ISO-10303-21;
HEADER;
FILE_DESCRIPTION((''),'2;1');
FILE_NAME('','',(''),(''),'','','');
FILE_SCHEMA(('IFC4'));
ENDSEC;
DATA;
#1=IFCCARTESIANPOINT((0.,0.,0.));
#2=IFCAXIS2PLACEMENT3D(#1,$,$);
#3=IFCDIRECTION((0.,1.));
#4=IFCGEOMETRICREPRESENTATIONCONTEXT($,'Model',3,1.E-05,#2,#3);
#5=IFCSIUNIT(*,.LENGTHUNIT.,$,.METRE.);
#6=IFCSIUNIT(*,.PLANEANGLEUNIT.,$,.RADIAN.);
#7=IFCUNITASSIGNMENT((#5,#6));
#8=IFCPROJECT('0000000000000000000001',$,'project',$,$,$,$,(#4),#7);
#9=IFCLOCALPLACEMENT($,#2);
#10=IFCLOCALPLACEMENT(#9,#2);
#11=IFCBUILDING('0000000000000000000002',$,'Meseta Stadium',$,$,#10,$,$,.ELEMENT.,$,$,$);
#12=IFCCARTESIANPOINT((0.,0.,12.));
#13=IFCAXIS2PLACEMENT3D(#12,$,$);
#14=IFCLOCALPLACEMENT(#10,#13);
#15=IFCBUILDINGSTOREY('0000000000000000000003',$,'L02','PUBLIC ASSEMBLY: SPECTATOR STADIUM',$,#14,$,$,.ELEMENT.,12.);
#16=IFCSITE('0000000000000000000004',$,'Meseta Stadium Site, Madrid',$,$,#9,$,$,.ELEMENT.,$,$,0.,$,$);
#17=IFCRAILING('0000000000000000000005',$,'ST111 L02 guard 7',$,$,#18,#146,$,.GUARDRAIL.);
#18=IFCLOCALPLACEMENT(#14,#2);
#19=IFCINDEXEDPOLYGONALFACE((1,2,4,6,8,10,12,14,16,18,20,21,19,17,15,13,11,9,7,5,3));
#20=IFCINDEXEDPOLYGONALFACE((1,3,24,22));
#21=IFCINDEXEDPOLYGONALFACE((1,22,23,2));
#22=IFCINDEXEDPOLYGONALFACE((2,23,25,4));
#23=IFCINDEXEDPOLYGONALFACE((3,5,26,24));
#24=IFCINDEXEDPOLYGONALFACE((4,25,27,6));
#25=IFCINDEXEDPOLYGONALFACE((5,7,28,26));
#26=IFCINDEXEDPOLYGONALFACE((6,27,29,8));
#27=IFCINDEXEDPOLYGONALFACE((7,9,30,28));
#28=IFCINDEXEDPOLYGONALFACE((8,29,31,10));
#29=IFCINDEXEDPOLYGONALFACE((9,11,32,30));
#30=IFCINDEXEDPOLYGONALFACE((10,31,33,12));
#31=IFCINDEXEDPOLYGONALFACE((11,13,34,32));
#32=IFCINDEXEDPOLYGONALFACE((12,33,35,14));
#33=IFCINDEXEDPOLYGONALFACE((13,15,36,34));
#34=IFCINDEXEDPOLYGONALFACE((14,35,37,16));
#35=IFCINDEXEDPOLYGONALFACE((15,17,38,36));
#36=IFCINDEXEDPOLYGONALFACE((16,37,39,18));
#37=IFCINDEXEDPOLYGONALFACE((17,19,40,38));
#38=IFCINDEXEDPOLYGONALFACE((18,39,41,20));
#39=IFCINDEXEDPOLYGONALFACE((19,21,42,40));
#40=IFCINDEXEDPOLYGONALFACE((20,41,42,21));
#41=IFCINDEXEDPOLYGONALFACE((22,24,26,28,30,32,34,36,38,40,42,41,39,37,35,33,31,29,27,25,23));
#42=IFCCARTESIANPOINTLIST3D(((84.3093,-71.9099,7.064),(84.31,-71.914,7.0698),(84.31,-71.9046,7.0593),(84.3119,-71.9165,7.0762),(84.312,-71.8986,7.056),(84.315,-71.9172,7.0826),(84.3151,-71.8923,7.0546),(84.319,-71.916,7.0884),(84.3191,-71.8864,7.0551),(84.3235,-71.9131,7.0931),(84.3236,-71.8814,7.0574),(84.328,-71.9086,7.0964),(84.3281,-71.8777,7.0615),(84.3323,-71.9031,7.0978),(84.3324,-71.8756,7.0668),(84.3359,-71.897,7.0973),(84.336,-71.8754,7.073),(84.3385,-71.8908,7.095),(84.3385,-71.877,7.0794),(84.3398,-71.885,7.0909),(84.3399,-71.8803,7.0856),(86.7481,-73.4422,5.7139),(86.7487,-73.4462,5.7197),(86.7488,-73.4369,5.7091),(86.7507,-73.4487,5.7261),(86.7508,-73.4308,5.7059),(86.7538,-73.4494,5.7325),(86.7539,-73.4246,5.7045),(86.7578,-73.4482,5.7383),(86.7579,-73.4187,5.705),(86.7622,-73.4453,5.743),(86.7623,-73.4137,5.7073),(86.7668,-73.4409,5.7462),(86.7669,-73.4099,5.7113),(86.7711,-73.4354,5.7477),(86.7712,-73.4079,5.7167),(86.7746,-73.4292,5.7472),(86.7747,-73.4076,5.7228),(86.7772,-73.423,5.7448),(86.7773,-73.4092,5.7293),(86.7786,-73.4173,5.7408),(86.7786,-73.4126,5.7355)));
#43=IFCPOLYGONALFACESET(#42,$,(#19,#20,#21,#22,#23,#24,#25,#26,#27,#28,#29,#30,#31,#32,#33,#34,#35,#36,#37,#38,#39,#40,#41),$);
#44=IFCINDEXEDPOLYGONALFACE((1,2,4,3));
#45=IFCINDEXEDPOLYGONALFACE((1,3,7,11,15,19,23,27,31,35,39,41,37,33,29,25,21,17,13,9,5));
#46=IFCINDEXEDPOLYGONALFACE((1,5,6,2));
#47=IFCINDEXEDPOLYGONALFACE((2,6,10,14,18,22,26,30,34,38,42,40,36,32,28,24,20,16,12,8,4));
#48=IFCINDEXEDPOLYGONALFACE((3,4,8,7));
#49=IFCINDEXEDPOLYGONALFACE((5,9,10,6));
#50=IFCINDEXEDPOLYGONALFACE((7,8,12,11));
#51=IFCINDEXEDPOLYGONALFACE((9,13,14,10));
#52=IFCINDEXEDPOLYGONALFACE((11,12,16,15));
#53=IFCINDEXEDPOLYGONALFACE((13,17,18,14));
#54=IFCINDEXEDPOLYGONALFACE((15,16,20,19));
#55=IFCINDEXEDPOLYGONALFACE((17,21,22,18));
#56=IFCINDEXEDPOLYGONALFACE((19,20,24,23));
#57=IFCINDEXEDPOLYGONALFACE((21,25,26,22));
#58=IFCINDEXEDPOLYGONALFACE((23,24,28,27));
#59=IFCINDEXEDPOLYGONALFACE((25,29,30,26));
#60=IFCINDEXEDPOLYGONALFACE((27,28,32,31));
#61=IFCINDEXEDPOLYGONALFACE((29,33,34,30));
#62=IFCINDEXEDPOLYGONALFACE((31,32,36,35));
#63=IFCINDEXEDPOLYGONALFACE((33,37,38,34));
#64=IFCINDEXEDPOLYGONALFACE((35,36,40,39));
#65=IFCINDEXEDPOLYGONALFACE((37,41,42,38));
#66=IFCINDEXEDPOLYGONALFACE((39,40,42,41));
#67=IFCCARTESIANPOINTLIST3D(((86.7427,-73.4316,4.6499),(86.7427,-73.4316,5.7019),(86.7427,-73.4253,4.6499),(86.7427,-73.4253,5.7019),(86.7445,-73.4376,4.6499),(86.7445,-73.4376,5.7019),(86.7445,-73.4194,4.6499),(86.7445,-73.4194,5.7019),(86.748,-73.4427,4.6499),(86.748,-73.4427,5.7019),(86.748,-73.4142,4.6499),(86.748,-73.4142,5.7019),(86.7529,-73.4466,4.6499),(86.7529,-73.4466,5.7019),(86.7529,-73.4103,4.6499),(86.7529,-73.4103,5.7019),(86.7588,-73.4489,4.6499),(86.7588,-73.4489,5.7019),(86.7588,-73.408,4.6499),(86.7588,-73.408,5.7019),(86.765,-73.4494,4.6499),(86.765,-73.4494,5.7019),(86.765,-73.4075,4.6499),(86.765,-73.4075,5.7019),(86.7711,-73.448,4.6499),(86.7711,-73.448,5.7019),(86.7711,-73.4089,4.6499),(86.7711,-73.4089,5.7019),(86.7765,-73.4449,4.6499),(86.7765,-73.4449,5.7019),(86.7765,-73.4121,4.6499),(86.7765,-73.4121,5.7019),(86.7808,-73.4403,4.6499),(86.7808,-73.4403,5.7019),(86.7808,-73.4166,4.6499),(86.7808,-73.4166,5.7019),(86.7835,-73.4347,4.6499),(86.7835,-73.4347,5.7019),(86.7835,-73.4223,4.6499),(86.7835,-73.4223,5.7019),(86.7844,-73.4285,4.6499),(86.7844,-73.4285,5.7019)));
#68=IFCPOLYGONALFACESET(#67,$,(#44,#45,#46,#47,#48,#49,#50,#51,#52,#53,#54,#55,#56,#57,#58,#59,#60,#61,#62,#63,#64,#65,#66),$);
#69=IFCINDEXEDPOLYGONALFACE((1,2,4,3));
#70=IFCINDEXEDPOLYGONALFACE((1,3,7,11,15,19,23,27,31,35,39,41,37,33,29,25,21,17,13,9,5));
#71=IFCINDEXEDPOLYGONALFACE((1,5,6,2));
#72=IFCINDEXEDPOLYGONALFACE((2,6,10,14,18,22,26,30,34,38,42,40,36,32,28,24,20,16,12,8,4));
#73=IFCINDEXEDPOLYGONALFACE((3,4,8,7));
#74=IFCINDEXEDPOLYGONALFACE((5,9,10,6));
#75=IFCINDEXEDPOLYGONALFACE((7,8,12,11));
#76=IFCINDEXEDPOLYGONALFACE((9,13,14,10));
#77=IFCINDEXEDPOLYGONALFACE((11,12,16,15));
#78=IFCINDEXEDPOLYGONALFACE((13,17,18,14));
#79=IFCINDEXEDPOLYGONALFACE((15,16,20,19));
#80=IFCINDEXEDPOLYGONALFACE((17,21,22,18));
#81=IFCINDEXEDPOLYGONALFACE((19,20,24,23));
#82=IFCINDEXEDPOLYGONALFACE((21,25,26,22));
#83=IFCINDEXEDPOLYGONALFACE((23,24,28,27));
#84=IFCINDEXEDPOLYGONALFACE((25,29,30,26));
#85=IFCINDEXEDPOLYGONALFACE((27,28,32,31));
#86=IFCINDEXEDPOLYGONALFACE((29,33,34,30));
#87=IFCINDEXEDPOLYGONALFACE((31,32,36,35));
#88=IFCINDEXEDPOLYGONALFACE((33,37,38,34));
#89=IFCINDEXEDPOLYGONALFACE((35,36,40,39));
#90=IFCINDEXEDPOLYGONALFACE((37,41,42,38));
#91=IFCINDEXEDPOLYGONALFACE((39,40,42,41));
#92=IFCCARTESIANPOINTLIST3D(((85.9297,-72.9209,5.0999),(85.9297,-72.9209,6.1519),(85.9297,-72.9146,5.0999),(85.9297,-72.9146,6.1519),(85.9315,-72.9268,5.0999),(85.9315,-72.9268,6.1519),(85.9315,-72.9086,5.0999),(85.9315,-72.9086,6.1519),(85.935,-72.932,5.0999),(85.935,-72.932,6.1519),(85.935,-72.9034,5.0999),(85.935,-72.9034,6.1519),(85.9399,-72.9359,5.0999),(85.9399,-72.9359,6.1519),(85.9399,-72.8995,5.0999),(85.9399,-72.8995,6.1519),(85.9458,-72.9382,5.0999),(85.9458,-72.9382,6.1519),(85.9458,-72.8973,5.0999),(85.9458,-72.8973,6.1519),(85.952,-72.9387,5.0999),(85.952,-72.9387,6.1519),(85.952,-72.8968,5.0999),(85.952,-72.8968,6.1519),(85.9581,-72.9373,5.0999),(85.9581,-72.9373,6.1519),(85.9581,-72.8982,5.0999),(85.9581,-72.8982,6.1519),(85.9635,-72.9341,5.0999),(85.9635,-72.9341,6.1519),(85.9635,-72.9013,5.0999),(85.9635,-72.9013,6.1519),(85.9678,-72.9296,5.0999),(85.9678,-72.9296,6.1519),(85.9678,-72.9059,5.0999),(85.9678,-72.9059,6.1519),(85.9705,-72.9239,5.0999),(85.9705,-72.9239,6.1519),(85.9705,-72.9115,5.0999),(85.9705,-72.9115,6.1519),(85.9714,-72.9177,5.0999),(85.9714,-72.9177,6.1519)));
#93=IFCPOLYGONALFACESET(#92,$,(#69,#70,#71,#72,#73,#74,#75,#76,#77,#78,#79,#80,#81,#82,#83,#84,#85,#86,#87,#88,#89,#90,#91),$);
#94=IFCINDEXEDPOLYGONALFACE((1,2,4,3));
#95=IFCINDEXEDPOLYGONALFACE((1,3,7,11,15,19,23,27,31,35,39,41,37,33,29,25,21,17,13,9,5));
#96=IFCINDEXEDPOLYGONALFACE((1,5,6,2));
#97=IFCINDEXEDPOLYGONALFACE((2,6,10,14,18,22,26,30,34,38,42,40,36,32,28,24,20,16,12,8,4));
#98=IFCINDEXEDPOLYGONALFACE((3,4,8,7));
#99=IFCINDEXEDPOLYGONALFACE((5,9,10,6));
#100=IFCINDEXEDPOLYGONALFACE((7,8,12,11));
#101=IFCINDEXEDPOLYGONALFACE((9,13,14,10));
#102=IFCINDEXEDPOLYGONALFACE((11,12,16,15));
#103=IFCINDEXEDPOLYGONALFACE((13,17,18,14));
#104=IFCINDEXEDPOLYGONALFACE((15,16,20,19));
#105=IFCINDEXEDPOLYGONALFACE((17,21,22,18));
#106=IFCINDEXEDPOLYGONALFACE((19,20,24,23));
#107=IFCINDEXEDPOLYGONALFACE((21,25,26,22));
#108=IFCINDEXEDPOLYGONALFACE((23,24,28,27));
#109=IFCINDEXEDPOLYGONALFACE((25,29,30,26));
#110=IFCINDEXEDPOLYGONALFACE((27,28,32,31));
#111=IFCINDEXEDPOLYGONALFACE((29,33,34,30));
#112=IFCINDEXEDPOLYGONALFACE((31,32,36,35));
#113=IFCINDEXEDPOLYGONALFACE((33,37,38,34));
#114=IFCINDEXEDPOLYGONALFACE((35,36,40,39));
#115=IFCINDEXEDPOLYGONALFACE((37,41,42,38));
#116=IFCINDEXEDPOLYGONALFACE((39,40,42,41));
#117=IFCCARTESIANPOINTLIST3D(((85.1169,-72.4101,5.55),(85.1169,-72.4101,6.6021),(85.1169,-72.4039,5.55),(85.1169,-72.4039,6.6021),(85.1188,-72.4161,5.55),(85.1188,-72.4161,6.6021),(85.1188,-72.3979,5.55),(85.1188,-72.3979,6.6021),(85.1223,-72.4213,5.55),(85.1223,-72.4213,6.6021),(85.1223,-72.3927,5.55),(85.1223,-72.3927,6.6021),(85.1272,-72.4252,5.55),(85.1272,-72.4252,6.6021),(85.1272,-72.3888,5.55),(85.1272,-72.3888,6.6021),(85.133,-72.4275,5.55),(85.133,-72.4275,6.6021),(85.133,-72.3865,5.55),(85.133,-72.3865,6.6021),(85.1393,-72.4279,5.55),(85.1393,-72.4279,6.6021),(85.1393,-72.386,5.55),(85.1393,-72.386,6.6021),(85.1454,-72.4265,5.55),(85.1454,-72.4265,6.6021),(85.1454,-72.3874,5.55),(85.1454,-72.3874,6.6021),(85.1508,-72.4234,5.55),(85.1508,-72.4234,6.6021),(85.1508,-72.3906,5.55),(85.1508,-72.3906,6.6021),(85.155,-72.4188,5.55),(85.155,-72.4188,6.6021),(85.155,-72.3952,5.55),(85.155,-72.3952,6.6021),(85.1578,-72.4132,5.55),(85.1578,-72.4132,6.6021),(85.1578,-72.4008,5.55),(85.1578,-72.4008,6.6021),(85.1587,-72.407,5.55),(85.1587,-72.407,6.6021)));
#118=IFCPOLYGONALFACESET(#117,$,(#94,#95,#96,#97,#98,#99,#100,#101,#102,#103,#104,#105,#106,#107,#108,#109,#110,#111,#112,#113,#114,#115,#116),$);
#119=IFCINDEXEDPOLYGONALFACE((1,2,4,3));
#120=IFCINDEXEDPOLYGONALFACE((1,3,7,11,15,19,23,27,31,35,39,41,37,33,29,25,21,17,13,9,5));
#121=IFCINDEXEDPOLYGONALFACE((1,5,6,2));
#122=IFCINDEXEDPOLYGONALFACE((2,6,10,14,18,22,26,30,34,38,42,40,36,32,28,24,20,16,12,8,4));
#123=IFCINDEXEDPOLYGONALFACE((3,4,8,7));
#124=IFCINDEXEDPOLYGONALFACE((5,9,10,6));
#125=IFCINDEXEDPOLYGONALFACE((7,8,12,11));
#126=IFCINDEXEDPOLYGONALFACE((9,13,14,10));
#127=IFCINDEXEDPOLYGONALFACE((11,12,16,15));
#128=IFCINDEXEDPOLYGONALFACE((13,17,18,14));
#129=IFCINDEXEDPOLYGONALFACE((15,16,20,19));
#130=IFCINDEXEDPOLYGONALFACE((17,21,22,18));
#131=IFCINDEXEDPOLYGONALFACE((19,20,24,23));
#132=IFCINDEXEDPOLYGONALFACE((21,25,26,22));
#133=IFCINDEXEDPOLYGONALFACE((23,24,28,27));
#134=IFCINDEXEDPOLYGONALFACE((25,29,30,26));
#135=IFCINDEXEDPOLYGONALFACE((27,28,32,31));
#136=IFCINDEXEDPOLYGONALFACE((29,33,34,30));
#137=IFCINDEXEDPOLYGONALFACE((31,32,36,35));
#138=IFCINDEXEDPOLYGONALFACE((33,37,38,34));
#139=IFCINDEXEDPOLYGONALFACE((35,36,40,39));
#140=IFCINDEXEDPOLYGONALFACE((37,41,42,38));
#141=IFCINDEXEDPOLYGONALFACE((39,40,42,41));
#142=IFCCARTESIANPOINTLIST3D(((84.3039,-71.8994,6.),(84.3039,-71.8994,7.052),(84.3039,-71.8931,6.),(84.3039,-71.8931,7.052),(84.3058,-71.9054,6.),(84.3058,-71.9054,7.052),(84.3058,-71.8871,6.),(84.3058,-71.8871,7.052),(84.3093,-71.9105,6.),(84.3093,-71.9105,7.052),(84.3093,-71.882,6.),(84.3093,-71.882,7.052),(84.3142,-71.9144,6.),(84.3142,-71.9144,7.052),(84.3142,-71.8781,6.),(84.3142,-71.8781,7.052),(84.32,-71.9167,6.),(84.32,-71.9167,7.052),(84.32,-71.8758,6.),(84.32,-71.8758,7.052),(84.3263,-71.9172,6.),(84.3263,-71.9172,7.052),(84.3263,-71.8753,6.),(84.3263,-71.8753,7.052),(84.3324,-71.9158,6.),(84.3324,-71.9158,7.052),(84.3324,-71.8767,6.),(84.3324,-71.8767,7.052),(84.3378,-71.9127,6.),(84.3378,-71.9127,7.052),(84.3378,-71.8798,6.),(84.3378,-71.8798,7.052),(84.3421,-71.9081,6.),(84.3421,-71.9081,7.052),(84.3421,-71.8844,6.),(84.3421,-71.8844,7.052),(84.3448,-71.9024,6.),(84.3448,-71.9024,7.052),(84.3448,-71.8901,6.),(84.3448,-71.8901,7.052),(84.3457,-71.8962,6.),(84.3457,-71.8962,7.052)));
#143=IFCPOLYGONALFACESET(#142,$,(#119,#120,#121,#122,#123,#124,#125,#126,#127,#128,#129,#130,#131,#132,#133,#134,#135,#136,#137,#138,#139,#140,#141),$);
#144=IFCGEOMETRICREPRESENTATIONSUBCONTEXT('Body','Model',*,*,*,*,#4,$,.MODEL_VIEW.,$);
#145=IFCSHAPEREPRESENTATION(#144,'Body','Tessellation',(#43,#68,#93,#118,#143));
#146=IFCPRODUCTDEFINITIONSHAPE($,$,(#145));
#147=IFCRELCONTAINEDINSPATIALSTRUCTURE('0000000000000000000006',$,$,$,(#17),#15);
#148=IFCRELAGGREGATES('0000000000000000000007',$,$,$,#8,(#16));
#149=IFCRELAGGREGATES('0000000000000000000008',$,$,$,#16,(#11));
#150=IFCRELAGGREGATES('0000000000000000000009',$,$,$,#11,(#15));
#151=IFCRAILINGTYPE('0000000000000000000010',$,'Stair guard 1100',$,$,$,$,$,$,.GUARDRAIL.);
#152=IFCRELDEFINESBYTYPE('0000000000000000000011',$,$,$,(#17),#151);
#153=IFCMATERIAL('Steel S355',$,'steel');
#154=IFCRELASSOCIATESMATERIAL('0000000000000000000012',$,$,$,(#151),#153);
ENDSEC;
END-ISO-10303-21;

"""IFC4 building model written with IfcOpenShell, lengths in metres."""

from ifc_helpers import new_model, si_unit, direction, frame, origin, origin_2d, place, context, subcontext, project, spatial, circle, extrude, material, type_object, element, save


model = new_model("IFC4")

# Units and contexts
model_context = context("Model", 3, precision=1e-05, world=origin(), true_north=direction((0.0, 1.0)))
body_context = subcontext(model_context, "Body", "Model", "MODEL_VIEW")
ifc_project = project(units=[si_unit("LENGTHUNIT", "METRE"), si_unit("PLANEANGLEUNIT", "RADIAN")], contexts=[model_context])

# Site, building, storey
site_placement = place(None, origin())
site = spatial("IfcSite", under=ifc_project, at=site_placement, Name="Meseta Stadium Site, Madrid", CompositionType="ELEMENT", RefElevation=0.0)
building_placement = place(site_placement, origin())
building = spatial("IfcBuilding", under=site, at=building_placement, Name="Meseta Stadium", CompositionType="ELEMENT")
storey_placement = place(building_placement, frame((0.0, 0.0, 12.0)))
storey = spatial("IfcBuildingStorey", under=building, at=storey_placement, Name="L02", Description="PUBLIC ASSEMBLY: SPECTATOR STADIUM", CompositionType="ELEMENT", Elevation=12.0)

# Railing
ifc_material_1 = material(Name="Steel S355", Category="steel")
railing_type_1 = type_object("IfcRailingType", Name="Stair guard 1100", PredefinedType="GUARDRAIL", material=ifc_material_1)
railing_1_placement = place(storey_placement, frame((86.7634, -73.4285, 4.6499)))
element("IfcRailing", 1, at=railing_1_placement, inside=storey, type_object=railing_type_1, Name="ST111 L02 guard 7", PredefinedType="GUARDRAIL", context=body_context, shape_type="SweptSolid", body=[
    extrude(circle(Radius=0.0239, at=origin_2d()), frame((0.0, 0.0, 1.0762), z_axis=(-0.766687, 0.481703, 0.424445), x_axis=(-0.532001, -0.846743, 0.0)), (0.0, 0.0, 1.0), 3.1809),
    extrude(circle(Radius=0.021, at=origin_2d()), origin(), (0.0, 0.0, 1.0), 1.052),
    extrude(circle(Radius=0.021, at=origin_2d()), frame((-0.813, 0.5107, 0.45)), (0.0, 0.0, 1.0), 1.052),
    extrude(circle(Radius=0.021, at=origin_2d()), frame((-1.6257, 1.0215, 0.9001)), (0.0, 0.0, 1.0), 1.052),
    extrude(circle(Radius=0.021, at=origin_2d()), frame((-2.4387, 1.5322, 1.3501)), (0.0, 0.0, 1.0), 1.052),
])

save(model, "model.ifc")
